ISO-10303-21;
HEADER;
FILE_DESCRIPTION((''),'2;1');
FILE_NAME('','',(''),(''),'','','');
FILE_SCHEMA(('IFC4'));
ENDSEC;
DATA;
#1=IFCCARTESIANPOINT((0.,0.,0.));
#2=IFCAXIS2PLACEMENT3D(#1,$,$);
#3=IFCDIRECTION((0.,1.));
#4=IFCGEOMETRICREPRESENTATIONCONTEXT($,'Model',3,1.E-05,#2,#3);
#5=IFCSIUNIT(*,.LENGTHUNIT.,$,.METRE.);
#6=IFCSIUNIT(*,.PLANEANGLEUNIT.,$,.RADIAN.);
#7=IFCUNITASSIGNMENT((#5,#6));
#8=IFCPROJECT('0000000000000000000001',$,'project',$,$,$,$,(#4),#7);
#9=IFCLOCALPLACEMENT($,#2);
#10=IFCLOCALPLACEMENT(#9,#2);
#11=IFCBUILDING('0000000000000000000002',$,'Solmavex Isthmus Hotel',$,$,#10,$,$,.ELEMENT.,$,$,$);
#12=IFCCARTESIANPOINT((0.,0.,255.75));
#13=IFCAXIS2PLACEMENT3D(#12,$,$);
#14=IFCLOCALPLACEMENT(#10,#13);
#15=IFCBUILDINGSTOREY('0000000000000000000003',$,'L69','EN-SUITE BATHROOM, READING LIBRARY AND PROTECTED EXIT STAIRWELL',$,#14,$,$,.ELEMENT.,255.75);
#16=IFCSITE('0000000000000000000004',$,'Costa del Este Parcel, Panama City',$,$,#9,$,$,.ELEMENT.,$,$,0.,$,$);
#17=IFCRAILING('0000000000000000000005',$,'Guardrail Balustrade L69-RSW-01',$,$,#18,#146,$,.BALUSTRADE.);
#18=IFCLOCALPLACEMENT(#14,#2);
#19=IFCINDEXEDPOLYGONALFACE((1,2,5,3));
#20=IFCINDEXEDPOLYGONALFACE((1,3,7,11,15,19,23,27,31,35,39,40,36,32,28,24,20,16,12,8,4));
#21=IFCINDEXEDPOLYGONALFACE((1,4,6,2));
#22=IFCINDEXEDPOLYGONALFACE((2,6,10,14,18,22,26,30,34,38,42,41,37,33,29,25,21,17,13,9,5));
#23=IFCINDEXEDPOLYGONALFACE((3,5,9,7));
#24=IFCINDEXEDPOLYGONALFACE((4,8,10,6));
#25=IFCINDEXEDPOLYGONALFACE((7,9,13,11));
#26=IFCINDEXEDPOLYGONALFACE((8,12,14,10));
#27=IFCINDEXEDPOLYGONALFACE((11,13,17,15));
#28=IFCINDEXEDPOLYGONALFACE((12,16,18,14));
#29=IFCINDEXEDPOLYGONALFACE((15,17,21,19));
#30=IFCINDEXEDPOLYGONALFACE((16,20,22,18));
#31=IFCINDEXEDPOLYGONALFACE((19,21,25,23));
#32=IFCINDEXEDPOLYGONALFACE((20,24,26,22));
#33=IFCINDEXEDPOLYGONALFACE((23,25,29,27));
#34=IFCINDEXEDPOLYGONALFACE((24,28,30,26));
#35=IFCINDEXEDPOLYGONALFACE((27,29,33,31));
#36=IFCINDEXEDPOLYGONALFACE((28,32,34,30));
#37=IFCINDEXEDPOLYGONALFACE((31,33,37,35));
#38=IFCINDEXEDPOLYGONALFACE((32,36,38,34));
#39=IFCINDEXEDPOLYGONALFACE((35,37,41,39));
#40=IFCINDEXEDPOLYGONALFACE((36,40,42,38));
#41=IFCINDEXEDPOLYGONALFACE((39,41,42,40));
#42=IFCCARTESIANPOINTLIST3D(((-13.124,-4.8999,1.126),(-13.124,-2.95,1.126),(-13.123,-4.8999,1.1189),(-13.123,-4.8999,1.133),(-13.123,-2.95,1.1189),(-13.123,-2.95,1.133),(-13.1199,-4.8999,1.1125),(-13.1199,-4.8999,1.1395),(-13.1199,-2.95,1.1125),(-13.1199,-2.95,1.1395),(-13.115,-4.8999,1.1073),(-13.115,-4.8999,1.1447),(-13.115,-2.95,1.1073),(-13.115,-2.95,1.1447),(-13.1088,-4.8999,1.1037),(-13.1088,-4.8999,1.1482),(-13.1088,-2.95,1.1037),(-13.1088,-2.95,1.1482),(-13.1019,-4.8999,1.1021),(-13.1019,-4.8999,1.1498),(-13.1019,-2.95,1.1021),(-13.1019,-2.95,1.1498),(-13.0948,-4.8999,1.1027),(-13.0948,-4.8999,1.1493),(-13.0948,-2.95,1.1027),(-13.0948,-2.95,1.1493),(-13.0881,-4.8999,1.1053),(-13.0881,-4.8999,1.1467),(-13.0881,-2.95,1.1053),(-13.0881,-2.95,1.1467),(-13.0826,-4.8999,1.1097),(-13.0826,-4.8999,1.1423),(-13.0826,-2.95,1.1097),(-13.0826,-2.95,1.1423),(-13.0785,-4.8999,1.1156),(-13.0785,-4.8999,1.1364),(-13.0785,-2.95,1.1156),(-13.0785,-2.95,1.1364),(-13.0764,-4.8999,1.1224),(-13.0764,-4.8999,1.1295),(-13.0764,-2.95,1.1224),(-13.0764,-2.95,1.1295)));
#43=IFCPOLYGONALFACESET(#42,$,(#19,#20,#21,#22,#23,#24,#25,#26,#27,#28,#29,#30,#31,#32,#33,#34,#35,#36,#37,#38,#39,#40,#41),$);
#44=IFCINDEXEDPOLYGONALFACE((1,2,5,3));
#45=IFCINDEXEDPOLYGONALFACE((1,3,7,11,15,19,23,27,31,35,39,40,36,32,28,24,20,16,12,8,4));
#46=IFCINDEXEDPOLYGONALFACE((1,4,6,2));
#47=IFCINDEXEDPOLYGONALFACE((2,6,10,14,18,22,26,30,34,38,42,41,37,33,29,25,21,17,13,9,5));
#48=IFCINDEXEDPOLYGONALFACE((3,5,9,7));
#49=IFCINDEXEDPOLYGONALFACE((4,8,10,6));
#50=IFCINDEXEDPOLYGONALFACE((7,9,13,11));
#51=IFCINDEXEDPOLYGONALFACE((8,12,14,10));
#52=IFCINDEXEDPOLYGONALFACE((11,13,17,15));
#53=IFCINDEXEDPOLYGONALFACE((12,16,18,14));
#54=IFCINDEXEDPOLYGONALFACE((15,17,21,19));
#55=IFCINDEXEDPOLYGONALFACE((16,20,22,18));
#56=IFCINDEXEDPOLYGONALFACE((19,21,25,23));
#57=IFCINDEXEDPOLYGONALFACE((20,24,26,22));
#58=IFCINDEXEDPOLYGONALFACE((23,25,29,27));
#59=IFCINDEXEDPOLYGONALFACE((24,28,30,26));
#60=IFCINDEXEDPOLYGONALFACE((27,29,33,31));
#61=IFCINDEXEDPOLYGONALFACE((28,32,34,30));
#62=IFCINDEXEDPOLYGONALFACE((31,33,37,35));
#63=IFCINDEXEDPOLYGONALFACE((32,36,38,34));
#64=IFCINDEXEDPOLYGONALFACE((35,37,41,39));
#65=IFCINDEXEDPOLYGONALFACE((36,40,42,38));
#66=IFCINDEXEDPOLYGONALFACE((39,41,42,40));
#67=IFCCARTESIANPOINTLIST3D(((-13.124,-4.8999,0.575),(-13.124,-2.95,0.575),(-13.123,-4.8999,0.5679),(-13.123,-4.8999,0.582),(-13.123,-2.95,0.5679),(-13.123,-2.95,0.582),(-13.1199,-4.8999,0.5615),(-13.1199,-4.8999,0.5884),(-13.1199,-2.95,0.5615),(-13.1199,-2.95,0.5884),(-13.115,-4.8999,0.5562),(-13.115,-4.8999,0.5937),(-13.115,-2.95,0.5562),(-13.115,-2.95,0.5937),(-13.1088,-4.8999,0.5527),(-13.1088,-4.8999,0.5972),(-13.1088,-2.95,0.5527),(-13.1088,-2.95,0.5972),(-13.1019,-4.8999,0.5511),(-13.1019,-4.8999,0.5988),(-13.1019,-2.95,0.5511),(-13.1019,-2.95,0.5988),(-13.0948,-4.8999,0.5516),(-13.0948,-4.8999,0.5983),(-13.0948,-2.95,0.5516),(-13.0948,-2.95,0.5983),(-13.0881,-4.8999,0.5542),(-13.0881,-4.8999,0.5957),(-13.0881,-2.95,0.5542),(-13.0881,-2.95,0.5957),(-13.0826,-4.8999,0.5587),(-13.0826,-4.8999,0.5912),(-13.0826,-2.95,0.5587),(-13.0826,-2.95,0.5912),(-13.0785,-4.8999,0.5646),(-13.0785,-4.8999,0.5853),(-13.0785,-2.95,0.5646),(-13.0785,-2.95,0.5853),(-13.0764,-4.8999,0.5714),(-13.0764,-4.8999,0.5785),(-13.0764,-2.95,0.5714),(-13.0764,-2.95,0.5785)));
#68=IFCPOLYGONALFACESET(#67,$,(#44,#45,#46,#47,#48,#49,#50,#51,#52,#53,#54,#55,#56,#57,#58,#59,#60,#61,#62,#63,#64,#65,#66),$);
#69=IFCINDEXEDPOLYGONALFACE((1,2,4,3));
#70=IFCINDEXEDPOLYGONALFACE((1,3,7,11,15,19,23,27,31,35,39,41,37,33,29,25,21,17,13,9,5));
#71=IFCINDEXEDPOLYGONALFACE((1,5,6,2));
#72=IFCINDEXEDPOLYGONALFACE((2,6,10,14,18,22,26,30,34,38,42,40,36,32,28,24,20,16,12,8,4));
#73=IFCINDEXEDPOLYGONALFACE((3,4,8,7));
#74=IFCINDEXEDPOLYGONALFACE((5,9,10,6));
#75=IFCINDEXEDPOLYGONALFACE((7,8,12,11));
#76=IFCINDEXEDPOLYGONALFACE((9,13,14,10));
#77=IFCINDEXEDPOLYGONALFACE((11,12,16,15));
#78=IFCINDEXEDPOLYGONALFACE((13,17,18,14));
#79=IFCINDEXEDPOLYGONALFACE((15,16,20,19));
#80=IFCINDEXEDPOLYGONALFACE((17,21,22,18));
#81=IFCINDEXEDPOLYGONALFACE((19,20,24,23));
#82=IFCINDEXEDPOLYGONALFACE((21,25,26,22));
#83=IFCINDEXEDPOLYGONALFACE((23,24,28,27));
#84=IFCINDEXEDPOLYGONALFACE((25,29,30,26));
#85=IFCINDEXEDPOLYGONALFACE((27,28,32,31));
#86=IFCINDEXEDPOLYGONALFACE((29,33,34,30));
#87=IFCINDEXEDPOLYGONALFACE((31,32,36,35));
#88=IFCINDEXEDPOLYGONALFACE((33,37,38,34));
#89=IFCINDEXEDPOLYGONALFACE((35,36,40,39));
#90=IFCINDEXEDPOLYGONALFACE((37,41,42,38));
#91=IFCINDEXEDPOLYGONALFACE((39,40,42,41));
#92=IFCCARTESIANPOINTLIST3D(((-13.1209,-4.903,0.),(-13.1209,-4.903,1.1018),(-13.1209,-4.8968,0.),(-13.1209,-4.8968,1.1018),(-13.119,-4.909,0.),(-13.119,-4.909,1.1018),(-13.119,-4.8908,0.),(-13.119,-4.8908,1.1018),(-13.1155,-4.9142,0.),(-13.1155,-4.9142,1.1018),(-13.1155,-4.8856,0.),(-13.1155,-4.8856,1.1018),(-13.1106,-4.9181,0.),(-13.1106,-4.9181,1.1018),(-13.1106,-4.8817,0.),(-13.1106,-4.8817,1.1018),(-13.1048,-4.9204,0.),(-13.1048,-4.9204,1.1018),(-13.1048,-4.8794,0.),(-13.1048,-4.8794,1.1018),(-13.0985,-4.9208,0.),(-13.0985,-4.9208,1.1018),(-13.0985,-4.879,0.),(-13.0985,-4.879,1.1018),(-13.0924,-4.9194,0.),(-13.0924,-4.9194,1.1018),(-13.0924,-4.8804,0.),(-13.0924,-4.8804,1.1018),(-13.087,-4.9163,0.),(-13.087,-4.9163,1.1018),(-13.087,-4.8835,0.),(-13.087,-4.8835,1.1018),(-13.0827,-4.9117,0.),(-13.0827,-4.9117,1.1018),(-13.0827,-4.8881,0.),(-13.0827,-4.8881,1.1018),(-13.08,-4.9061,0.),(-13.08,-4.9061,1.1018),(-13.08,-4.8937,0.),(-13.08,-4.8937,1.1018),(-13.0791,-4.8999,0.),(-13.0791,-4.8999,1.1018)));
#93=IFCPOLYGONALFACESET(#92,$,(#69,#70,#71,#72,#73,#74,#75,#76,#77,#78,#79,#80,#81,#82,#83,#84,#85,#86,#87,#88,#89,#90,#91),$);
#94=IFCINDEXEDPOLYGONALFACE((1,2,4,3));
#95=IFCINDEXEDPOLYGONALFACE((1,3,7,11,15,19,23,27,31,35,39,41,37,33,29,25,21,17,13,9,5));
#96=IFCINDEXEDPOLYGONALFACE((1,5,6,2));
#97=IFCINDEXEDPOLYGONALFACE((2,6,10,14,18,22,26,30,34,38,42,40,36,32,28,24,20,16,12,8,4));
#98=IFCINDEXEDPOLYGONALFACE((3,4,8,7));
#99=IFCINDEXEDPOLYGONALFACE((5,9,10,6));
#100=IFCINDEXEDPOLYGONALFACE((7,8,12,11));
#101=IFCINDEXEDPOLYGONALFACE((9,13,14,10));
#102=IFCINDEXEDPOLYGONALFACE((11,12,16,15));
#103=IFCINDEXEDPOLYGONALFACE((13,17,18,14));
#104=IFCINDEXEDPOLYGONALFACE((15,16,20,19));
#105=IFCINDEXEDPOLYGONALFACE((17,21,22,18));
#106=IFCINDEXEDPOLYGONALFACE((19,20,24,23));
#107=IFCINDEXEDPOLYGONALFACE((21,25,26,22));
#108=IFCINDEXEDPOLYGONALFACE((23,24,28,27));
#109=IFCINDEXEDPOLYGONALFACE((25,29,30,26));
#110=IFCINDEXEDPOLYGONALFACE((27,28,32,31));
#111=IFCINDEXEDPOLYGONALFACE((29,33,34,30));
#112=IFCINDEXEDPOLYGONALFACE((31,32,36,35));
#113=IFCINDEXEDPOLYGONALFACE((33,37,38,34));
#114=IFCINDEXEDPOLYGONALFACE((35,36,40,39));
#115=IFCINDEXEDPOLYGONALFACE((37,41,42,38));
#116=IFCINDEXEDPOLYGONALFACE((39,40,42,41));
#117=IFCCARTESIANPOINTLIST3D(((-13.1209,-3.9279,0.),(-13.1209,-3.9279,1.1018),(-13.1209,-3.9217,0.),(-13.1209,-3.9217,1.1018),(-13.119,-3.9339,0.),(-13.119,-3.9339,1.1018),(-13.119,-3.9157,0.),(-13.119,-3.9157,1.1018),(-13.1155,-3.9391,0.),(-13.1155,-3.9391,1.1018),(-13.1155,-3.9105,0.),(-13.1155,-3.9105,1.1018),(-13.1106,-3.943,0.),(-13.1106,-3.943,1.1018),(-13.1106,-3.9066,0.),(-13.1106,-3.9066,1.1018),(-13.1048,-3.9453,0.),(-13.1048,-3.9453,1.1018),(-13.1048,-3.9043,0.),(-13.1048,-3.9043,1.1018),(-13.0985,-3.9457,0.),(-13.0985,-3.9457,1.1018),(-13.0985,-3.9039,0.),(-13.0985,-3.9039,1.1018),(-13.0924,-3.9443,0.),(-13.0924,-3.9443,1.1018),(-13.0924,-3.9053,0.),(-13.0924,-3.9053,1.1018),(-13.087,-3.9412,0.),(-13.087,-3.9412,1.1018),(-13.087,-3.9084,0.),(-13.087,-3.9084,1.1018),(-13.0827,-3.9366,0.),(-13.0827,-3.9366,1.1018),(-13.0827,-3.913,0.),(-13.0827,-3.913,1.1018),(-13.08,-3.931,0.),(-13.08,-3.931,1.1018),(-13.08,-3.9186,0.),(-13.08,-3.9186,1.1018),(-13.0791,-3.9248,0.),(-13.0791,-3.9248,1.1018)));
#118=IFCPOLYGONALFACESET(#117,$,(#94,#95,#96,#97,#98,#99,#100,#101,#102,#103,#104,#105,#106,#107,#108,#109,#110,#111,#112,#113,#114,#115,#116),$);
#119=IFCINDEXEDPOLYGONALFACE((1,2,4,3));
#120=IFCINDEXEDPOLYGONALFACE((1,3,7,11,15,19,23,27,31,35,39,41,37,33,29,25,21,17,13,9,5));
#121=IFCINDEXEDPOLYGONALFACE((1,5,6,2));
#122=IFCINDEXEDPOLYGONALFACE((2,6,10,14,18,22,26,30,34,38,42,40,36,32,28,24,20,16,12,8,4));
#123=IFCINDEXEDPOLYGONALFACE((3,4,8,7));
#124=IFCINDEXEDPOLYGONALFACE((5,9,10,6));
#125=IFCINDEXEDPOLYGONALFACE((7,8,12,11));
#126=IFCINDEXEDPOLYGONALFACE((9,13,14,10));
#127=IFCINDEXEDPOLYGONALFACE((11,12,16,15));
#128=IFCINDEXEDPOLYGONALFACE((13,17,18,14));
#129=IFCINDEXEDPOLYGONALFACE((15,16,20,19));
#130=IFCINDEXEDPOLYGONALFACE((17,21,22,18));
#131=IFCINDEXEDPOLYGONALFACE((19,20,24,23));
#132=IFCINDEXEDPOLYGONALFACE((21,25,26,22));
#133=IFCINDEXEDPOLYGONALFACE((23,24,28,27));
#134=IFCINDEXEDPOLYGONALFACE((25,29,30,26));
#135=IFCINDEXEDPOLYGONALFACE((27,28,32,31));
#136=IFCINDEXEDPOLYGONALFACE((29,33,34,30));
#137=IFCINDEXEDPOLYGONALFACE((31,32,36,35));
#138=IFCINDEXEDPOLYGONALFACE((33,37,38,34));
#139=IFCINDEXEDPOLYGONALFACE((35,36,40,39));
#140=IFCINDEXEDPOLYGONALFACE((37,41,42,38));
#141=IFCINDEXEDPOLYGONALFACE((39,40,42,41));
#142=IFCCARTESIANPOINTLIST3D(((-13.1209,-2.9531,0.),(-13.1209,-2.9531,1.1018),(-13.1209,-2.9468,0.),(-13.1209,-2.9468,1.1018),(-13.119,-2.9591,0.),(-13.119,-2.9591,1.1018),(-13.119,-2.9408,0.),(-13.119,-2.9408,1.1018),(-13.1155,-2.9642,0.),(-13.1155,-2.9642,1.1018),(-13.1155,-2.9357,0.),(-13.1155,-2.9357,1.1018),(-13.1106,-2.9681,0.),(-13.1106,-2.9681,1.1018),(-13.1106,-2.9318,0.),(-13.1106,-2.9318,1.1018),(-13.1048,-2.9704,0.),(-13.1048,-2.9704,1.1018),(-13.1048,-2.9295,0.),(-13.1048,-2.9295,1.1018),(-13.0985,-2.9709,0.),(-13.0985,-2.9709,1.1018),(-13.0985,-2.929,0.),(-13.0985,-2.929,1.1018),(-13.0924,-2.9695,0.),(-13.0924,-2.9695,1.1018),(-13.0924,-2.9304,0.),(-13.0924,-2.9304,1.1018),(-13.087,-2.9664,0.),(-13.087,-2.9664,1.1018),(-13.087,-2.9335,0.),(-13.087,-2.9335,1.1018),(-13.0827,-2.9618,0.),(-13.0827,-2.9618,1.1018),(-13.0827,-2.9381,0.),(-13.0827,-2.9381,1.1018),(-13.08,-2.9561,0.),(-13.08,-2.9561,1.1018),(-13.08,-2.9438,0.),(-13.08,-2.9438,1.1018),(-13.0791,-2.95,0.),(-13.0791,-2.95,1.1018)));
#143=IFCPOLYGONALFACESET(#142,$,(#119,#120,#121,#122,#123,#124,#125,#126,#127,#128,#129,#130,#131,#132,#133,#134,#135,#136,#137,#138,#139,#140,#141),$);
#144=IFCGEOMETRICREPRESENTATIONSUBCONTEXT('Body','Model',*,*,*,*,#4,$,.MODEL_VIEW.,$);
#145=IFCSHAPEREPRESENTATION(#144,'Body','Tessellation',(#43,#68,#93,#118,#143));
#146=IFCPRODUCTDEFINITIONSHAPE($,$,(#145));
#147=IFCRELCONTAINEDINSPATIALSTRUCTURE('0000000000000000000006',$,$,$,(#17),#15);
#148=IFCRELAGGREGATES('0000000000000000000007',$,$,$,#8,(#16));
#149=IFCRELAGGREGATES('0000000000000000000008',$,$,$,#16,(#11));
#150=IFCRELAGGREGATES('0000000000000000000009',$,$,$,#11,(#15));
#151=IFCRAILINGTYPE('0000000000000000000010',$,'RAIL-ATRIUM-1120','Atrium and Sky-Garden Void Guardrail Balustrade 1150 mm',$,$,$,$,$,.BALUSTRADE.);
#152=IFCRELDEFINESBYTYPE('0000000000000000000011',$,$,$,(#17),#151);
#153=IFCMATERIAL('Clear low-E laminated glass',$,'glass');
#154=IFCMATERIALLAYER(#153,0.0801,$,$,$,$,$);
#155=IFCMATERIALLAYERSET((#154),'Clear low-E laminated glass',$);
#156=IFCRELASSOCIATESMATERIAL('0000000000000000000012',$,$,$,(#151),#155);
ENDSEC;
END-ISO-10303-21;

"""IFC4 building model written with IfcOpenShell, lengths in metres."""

from ifc_helpers import new_model, si_unit, direction, frame, origin, origin_2d, place, context, subcontext, project, spatial, circle, extrude, material, layer, layer_set, type_object, element, save


model = new_model("IFC4")

# Units and contexts
model_context = context("Model", 3, precision=1e-05, world=origin(), true_north=direction((0.0, 1.0)))
body_context = subcontext(model_context, "Body", "Model", "MODEL_VIEW")
ifc_project = project(units=[si_unit("LENGTHUNIT", "METRE"), si_unit("PLANEANGLEUNIT", "RADIAN")], contexts=[model_context])

# Site, building, storey
site_placement = place(None, origin())
site = spatial("IfcSite", under=ifc_project, at=site_placement, Name="Costa del Este Parcel, Panama City", CompositionType="ELEMENT", RefElevation=0.0)
building_placement = place(site_placement, origin())
building = spatial("IfcBuilding", under=site, at=building_placement, Name="Solmavex Isthmus Hotel", CompositionType="ELEMENT")
storey_placement = place(building_placement, frame((0.0, 0.0, 255.75)))
storey = spatial("IfcBuildingStorey", under=building, at=storey_placement, Name="L69", Description="EN-SUITE BATHROOM, READING LIBRARY AND PROTECTED EXIT STAIRWELL", CompositionType="ELEMENT", Elevation=255.75)

# Railing
ifc_material_1 = material(Name="Clear low-E laminated glass", Category="glass")
ifc_layer_1 = layer(ifc_material_1, 0.0801)
ifc_layer_set_1 = layer_set([ifc_layer_1], Name="Clear low-E laminated glass")
railing_type_1 = type_object("IfcRailingType", Name="RAIL-ATRIUM-1120", Description="Atrium and Sky-Garden Void Guardrail Balustrade 1150 mm", PredefinedType="BALUSTRADE", material=ifc_layer_set_1)
railing_1_placement = place(storey_placement, frame((-13.1001, -4.8999, 0.0)))
element("IfcRailing", 1, at=railing_1_placement, inside=storey, type_object=railing_type_1, Name="Guardrail Balustrade L69-RSW-01", PredefinedType="BALUSTRADE", context=body_context, shape_type="SweptSolid", body=[
    extrude(circle(Radius=0.0239, at=origin_2d()), frame((0.0, 0.0, 1.126), z_axis=(0.0, 1.0, 0.0), x_axis=(-1.0, 0.0, 0.0)), (0.0, 0.0, 1.0), 1.95),
    extrude(circle(Radius=0.0239, at=origin_2d()), frame((0.0, 0.0, 0.575), z_axis=(0.0, 1.0, 0.0), x_axis=(-1.0, 0.0, 0.0)), (0.0, 0.0, 1.0), 1.95),
    extrude(circle(Radius=0.021, at=origin_2d()), origin(), (0.0, 0.0, 1.0), 1.1018),
    extrude(circle(Radius=0.021, at=origin_2d()), frame((0.0, 0.9751, 0.0)), (0.0, 0.0, 1.0), 1.1018),
    extrude(circle(Radius=0.021, at=origin_2d()), frame((0.0, 1.95, 0.0)), (0.0, 0.0, 1.0), 1.1018),
])

save(model, "model.ifc")
